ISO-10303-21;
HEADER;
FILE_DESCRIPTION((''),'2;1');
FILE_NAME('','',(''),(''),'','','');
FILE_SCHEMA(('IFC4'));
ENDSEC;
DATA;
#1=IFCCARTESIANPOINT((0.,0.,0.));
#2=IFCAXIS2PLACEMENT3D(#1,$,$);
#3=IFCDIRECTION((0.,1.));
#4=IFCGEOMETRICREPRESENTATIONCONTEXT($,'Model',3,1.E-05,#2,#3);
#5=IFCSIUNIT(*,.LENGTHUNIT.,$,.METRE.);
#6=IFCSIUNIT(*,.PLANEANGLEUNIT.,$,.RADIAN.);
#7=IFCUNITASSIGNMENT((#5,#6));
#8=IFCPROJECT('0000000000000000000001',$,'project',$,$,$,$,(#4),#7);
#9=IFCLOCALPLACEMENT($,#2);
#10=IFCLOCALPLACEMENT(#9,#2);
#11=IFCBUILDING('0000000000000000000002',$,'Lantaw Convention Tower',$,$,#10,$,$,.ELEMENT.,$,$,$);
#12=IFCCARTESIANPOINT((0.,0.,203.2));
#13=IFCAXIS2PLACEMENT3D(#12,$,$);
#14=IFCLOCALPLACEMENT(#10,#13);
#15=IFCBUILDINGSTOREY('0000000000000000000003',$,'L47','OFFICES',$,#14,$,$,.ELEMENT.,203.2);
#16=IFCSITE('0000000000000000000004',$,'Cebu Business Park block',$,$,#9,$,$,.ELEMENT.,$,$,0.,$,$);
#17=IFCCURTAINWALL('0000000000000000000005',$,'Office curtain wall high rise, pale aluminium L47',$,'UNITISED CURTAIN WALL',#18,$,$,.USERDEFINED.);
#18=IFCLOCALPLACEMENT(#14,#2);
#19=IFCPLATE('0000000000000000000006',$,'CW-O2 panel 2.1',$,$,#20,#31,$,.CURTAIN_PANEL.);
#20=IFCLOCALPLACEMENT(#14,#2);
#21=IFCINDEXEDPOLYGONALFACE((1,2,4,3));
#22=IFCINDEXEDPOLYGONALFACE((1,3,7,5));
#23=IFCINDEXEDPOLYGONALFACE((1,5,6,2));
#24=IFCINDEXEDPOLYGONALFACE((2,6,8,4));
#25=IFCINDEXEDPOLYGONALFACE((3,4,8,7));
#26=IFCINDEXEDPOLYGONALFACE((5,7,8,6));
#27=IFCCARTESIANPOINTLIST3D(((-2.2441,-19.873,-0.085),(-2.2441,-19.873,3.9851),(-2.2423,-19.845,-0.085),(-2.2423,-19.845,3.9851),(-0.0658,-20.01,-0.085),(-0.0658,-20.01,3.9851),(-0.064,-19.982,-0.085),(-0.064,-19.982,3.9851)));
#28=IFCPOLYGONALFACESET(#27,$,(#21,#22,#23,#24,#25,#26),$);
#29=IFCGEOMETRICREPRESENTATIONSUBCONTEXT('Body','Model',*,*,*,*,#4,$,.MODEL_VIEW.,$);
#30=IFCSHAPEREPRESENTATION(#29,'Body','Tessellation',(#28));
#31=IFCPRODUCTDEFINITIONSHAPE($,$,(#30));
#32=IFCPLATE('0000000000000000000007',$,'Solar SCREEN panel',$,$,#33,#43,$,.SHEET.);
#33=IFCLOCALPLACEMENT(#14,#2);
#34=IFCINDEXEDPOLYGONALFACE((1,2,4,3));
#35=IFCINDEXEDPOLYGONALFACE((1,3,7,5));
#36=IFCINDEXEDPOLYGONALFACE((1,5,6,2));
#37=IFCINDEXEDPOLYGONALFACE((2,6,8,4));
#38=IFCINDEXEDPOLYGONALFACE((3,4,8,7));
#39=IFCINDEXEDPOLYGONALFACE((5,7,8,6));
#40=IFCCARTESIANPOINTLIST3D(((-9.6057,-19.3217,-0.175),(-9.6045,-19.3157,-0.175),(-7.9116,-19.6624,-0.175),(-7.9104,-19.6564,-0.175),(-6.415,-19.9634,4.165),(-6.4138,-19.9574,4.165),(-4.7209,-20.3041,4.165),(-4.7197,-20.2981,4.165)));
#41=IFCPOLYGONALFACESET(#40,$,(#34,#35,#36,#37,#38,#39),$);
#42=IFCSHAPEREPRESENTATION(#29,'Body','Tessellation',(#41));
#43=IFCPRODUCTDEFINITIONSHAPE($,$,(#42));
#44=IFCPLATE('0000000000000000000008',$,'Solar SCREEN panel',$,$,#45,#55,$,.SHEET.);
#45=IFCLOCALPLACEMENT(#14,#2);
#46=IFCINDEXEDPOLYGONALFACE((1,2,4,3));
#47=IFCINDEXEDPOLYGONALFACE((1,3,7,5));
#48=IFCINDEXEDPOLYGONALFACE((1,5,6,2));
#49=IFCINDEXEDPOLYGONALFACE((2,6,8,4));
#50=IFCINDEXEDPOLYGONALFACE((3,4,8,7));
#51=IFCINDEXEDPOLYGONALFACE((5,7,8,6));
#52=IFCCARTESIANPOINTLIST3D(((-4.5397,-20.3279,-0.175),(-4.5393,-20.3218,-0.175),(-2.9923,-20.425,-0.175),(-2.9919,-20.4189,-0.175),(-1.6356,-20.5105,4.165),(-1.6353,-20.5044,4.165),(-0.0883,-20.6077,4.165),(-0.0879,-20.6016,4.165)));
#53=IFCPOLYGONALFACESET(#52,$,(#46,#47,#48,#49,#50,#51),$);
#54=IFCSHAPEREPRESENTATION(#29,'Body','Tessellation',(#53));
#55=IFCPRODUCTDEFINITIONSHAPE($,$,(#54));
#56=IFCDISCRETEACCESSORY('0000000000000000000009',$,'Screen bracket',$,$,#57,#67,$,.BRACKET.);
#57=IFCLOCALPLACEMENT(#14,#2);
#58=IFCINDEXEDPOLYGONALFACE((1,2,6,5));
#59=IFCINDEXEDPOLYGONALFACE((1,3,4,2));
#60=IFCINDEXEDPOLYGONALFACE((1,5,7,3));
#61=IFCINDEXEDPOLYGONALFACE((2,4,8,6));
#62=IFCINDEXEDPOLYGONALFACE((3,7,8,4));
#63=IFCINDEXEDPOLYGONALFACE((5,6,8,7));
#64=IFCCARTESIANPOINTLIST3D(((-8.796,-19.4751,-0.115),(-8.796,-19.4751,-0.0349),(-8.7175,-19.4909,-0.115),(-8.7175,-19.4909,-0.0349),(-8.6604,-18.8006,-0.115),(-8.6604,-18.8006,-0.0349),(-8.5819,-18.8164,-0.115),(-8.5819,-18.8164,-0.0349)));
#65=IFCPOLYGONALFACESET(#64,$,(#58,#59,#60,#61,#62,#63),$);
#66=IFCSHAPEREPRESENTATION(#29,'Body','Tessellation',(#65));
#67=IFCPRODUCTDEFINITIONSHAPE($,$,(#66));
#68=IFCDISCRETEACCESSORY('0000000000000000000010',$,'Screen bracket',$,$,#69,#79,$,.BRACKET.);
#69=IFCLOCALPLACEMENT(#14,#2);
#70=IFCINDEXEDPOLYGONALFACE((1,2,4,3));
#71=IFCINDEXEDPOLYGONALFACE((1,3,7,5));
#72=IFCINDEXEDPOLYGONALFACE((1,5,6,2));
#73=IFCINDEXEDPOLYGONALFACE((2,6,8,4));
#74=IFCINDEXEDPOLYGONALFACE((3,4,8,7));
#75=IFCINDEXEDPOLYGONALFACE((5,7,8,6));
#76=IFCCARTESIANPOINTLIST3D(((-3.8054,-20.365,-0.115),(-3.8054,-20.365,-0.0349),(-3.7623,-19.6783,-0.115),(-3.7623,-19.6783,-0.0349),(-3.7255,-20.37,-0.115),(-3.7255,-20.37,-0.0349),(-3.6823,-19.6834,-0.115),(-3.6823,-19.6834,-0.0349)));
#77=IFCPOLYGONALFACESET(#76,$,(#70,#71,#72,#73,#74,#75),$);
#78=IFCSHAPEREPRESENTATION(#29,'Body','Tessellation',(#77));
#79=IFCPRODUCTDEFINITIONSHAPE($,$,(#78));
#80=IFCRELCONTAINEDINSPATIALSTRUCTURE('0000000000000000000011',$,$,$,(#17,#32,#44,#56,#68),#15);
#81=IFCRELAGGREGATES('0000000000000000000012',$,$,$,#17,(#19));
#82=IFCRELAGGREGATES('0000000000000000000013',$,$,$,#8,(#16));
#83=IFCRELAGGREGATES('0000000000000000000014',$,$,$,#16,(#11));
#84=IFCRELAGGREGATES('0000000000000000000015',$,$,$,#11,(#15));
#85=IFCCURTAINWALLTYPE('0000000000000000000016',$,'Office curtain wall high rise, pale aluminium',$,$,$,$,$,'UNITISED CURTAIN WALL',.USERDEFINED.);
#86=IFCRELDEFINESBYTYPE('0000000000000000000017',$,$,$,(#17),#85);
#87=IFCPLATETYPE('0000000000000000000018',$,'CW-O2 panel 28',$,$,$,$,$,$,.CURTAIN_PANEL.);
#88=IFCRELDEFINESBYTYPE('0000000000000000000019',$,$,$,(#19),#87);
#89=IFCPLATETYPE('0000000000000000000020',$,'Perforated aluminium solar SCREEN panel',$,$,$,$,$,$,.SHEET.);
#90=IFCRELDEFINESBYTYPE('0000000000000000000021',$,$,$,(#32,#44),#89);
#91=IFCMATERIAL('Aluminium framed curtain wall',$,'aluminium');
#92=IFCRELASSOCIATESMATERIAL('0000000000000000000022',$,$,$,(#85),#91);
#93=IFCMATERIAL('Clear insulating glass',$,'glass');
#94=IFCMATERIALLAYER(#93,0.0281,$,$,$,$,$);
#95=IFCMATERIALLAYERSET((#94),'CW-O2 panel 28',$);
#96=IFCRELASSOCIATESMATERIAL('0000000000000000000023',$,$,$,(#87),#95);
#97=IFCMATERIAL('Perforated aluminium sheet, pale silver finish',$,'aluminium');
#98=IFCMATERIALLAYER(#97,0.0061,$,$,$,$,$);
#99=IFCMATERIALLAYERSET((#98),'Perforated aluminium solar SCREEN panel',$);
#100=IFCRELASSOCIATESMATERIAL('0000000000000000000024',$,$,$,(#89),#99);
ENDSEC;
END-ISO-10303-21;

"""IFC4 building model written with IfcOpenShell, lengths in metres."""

from ifc_helpers import new_model, si_unit, direction, frame, origin, origin_2d, place, context, subcontext, project, spatial, polyline, rectangle, outline, extrude, material, layer, layer_set, type_object, element, aggregate, save


model = new_model("IFC4")

# Units and contexts
model_context = context("Model", 3, precision=1e-05, world=origin(), true_north=direction((0.0, 1.0)))
body_context = subcontext(model_context, "Body", "Model", "MODEL_VIEW")
ifc_project = project(units=[si_unit("LENGTHUNIT", "METRE"), si_unit("PLANEANGLEUNIT", "RADIAN")], contexts=[model_context])

# Site, building, storey
site_placement = place(None, origin())
site = spatial("IfcSite", under=ifc_project, at=site_placement, Name="Cebu Business Park block", CompositionType="ELEMENT", RefElevation=0.0)
building_placement = place(site_placement, origin())
building = spatial("IfcBuilding", under=site, at=building_placement, Name="Lantaw Convention Tower", CompositionType="ELEMENT")
storey_placement = place(building_placement, frame((0.0, 0.0, 203.2)))
storey = spatial("IfcBuildingStorey", under=building, at=storey_placement, Name="L47", Description="OFFICES", CompositionType="ELEMENT", Elevation=203.2)

# Shared definitions
ifc_material_1 = material(Name="Aluminium framed curtain wall", Category="aluminium")
curtain_wall_type = type_object("IfcCurtainWallType", Name="Office curtain wall high rise, pale aluminium", ElementType="UNITISED CURTAIN WALL", PredefinedType="USERDEFINED", material=ifc_material_1)

# Curtain wall
curtain_wall_1_placement = place(storey_placement, origin())
curtain_wall_1 = element("IfcCurtainWall", 1, at=curtain_wall_1_placement, inside=storey, type_object=curtain_wall_type, Name="Office curtain wall high rise, pale aluminium L47", ObjectType="UNITISED CURTAIN WALL", PredefinedType="USERDEFINED")

# Plate
ifc_material_2 = material(Name="Clear insulating glass", Category="glass")
ifc_layer_1 = layer(ifc_material_2, 0.0281)
ifc_layer_set_1 = layer_set([ifc_layer_1], Name="CW-O2 panel 28")
plate_type_1 = type_object("IfcPlateType", Name="CW-O2 panel 28", PredefinedType="CURTAIN_PANEL", material=ifc_layer_set_1)
plate_1_placement = place(storey_placement, frame((-1.1541, -19.9275, -0.085), z_axis=(0.0, 0.0, 1.0), x_axis=(0.998029, -0.062758, 0.0)))
plate_1 = element("IfcPlate", 2, at=plate_1_placement, type_object=plate_type_1, Name="CW-O2 panel 2.1", PredefinedType="CURTAIN_PANEL", context=body_context, shape_type="SweptSolid", body=[
    extrude(rectangle(XDim=2.1826, YDim=0.0281, at=origin_2d()), origin(), (0.0, 0.0, 1.0), 4.0701),
])
aggregate(curtain_wall_1, [plate_1])

# Plates
ifc_material_3 = material(Name="Perforated aluminium sheet, pale silver finish", Category="aluminium")
ifc_layer_2 = layer(ifc_material_3, 0.0061)
ifc_layer_set_2 = layer_set([ifc_layer_2], Name="Perforated aluminium solar SCREEN panel")
plate_type_2 = type_object("IfcPlateType", Name="Perforated aluminium solar SCREEN panel", PredefinedType="SHEET", material=ifc_layer_set_2)
plate_2_placement = place(storey_placement, frame((-9.6045, -19.3157, -0.175), z_axis=(0.197162, 0.980371, 0.000011), x_axis=(0.980371, -0.197162, 0.0)))
element("IfcPlate", 3, at=plate_2_placement, inside=storey, type_object=plate_type_2, Name="Solar SCREEN panel", PredefinedType="SHEET", context=body_context, shape_type="SweptSolid", body=[
    extrude(outline(polyline([(0.0, 0.0), (1.728, 0.0), (4.9826, -4.3401), (3.2545, -4.3401), (0.0, 0.0)])), origin(), (0.0, 0.0, -1.0), 0.0061),
])
plate_3_placement = place(storey_placement, frame((-4.5393, -20.3218, -0.175), z_axis=(0.062672, 0.998034, 0.000059), x_axis=(0.998034, -0.062672, 0.0)))
element("IfcPlate", 4, at=plate_3_placement, inside=storey, type_object=plate_type_2, Name="Solar SCREEN panel", PredefinedType="SHEET", context=body_context, shape_type="SweptSolid", body=[
    extrude(outline(polyline([(0.0, 0.0), (1.5504, 0.0), (4.4602, -4.3401), (2.9098, -4.3401), (0.0, 0.0)])), origin(), (0.0, 0.0, -1.0), 0.0061),
])

# Discrete accessories
for number, where, z_axis, x_axis, name in (
    (5, (-8.689, -19.1458, -0.115), (0.0, 0.0, 1.0), (0.980367, -0.197183, 0.0), "Screen bracket"),
    (6, (-3.7439, -20.0242, -0.115), (0.0, 0.0, 1.0), (0.998029, -0.062758, 0.0), "Screen bracket"),
):
    element("IfcDiscreteAccessory", number, at=place(storey_placement, frame(where, z_axis=z_axis, x_axis=x_axis)), inside=storey, Name=name, PredefinedType="BRACKET", context=body_context, shape_type="SweptSolid", body=[
        extrude(rectangle(XDim=0.0801, YDim=0.688, at=origin_2d()), origin(), (0.0, 0.0, 1.0), 0.0801),
    ])

save(model, "model.ifc")
